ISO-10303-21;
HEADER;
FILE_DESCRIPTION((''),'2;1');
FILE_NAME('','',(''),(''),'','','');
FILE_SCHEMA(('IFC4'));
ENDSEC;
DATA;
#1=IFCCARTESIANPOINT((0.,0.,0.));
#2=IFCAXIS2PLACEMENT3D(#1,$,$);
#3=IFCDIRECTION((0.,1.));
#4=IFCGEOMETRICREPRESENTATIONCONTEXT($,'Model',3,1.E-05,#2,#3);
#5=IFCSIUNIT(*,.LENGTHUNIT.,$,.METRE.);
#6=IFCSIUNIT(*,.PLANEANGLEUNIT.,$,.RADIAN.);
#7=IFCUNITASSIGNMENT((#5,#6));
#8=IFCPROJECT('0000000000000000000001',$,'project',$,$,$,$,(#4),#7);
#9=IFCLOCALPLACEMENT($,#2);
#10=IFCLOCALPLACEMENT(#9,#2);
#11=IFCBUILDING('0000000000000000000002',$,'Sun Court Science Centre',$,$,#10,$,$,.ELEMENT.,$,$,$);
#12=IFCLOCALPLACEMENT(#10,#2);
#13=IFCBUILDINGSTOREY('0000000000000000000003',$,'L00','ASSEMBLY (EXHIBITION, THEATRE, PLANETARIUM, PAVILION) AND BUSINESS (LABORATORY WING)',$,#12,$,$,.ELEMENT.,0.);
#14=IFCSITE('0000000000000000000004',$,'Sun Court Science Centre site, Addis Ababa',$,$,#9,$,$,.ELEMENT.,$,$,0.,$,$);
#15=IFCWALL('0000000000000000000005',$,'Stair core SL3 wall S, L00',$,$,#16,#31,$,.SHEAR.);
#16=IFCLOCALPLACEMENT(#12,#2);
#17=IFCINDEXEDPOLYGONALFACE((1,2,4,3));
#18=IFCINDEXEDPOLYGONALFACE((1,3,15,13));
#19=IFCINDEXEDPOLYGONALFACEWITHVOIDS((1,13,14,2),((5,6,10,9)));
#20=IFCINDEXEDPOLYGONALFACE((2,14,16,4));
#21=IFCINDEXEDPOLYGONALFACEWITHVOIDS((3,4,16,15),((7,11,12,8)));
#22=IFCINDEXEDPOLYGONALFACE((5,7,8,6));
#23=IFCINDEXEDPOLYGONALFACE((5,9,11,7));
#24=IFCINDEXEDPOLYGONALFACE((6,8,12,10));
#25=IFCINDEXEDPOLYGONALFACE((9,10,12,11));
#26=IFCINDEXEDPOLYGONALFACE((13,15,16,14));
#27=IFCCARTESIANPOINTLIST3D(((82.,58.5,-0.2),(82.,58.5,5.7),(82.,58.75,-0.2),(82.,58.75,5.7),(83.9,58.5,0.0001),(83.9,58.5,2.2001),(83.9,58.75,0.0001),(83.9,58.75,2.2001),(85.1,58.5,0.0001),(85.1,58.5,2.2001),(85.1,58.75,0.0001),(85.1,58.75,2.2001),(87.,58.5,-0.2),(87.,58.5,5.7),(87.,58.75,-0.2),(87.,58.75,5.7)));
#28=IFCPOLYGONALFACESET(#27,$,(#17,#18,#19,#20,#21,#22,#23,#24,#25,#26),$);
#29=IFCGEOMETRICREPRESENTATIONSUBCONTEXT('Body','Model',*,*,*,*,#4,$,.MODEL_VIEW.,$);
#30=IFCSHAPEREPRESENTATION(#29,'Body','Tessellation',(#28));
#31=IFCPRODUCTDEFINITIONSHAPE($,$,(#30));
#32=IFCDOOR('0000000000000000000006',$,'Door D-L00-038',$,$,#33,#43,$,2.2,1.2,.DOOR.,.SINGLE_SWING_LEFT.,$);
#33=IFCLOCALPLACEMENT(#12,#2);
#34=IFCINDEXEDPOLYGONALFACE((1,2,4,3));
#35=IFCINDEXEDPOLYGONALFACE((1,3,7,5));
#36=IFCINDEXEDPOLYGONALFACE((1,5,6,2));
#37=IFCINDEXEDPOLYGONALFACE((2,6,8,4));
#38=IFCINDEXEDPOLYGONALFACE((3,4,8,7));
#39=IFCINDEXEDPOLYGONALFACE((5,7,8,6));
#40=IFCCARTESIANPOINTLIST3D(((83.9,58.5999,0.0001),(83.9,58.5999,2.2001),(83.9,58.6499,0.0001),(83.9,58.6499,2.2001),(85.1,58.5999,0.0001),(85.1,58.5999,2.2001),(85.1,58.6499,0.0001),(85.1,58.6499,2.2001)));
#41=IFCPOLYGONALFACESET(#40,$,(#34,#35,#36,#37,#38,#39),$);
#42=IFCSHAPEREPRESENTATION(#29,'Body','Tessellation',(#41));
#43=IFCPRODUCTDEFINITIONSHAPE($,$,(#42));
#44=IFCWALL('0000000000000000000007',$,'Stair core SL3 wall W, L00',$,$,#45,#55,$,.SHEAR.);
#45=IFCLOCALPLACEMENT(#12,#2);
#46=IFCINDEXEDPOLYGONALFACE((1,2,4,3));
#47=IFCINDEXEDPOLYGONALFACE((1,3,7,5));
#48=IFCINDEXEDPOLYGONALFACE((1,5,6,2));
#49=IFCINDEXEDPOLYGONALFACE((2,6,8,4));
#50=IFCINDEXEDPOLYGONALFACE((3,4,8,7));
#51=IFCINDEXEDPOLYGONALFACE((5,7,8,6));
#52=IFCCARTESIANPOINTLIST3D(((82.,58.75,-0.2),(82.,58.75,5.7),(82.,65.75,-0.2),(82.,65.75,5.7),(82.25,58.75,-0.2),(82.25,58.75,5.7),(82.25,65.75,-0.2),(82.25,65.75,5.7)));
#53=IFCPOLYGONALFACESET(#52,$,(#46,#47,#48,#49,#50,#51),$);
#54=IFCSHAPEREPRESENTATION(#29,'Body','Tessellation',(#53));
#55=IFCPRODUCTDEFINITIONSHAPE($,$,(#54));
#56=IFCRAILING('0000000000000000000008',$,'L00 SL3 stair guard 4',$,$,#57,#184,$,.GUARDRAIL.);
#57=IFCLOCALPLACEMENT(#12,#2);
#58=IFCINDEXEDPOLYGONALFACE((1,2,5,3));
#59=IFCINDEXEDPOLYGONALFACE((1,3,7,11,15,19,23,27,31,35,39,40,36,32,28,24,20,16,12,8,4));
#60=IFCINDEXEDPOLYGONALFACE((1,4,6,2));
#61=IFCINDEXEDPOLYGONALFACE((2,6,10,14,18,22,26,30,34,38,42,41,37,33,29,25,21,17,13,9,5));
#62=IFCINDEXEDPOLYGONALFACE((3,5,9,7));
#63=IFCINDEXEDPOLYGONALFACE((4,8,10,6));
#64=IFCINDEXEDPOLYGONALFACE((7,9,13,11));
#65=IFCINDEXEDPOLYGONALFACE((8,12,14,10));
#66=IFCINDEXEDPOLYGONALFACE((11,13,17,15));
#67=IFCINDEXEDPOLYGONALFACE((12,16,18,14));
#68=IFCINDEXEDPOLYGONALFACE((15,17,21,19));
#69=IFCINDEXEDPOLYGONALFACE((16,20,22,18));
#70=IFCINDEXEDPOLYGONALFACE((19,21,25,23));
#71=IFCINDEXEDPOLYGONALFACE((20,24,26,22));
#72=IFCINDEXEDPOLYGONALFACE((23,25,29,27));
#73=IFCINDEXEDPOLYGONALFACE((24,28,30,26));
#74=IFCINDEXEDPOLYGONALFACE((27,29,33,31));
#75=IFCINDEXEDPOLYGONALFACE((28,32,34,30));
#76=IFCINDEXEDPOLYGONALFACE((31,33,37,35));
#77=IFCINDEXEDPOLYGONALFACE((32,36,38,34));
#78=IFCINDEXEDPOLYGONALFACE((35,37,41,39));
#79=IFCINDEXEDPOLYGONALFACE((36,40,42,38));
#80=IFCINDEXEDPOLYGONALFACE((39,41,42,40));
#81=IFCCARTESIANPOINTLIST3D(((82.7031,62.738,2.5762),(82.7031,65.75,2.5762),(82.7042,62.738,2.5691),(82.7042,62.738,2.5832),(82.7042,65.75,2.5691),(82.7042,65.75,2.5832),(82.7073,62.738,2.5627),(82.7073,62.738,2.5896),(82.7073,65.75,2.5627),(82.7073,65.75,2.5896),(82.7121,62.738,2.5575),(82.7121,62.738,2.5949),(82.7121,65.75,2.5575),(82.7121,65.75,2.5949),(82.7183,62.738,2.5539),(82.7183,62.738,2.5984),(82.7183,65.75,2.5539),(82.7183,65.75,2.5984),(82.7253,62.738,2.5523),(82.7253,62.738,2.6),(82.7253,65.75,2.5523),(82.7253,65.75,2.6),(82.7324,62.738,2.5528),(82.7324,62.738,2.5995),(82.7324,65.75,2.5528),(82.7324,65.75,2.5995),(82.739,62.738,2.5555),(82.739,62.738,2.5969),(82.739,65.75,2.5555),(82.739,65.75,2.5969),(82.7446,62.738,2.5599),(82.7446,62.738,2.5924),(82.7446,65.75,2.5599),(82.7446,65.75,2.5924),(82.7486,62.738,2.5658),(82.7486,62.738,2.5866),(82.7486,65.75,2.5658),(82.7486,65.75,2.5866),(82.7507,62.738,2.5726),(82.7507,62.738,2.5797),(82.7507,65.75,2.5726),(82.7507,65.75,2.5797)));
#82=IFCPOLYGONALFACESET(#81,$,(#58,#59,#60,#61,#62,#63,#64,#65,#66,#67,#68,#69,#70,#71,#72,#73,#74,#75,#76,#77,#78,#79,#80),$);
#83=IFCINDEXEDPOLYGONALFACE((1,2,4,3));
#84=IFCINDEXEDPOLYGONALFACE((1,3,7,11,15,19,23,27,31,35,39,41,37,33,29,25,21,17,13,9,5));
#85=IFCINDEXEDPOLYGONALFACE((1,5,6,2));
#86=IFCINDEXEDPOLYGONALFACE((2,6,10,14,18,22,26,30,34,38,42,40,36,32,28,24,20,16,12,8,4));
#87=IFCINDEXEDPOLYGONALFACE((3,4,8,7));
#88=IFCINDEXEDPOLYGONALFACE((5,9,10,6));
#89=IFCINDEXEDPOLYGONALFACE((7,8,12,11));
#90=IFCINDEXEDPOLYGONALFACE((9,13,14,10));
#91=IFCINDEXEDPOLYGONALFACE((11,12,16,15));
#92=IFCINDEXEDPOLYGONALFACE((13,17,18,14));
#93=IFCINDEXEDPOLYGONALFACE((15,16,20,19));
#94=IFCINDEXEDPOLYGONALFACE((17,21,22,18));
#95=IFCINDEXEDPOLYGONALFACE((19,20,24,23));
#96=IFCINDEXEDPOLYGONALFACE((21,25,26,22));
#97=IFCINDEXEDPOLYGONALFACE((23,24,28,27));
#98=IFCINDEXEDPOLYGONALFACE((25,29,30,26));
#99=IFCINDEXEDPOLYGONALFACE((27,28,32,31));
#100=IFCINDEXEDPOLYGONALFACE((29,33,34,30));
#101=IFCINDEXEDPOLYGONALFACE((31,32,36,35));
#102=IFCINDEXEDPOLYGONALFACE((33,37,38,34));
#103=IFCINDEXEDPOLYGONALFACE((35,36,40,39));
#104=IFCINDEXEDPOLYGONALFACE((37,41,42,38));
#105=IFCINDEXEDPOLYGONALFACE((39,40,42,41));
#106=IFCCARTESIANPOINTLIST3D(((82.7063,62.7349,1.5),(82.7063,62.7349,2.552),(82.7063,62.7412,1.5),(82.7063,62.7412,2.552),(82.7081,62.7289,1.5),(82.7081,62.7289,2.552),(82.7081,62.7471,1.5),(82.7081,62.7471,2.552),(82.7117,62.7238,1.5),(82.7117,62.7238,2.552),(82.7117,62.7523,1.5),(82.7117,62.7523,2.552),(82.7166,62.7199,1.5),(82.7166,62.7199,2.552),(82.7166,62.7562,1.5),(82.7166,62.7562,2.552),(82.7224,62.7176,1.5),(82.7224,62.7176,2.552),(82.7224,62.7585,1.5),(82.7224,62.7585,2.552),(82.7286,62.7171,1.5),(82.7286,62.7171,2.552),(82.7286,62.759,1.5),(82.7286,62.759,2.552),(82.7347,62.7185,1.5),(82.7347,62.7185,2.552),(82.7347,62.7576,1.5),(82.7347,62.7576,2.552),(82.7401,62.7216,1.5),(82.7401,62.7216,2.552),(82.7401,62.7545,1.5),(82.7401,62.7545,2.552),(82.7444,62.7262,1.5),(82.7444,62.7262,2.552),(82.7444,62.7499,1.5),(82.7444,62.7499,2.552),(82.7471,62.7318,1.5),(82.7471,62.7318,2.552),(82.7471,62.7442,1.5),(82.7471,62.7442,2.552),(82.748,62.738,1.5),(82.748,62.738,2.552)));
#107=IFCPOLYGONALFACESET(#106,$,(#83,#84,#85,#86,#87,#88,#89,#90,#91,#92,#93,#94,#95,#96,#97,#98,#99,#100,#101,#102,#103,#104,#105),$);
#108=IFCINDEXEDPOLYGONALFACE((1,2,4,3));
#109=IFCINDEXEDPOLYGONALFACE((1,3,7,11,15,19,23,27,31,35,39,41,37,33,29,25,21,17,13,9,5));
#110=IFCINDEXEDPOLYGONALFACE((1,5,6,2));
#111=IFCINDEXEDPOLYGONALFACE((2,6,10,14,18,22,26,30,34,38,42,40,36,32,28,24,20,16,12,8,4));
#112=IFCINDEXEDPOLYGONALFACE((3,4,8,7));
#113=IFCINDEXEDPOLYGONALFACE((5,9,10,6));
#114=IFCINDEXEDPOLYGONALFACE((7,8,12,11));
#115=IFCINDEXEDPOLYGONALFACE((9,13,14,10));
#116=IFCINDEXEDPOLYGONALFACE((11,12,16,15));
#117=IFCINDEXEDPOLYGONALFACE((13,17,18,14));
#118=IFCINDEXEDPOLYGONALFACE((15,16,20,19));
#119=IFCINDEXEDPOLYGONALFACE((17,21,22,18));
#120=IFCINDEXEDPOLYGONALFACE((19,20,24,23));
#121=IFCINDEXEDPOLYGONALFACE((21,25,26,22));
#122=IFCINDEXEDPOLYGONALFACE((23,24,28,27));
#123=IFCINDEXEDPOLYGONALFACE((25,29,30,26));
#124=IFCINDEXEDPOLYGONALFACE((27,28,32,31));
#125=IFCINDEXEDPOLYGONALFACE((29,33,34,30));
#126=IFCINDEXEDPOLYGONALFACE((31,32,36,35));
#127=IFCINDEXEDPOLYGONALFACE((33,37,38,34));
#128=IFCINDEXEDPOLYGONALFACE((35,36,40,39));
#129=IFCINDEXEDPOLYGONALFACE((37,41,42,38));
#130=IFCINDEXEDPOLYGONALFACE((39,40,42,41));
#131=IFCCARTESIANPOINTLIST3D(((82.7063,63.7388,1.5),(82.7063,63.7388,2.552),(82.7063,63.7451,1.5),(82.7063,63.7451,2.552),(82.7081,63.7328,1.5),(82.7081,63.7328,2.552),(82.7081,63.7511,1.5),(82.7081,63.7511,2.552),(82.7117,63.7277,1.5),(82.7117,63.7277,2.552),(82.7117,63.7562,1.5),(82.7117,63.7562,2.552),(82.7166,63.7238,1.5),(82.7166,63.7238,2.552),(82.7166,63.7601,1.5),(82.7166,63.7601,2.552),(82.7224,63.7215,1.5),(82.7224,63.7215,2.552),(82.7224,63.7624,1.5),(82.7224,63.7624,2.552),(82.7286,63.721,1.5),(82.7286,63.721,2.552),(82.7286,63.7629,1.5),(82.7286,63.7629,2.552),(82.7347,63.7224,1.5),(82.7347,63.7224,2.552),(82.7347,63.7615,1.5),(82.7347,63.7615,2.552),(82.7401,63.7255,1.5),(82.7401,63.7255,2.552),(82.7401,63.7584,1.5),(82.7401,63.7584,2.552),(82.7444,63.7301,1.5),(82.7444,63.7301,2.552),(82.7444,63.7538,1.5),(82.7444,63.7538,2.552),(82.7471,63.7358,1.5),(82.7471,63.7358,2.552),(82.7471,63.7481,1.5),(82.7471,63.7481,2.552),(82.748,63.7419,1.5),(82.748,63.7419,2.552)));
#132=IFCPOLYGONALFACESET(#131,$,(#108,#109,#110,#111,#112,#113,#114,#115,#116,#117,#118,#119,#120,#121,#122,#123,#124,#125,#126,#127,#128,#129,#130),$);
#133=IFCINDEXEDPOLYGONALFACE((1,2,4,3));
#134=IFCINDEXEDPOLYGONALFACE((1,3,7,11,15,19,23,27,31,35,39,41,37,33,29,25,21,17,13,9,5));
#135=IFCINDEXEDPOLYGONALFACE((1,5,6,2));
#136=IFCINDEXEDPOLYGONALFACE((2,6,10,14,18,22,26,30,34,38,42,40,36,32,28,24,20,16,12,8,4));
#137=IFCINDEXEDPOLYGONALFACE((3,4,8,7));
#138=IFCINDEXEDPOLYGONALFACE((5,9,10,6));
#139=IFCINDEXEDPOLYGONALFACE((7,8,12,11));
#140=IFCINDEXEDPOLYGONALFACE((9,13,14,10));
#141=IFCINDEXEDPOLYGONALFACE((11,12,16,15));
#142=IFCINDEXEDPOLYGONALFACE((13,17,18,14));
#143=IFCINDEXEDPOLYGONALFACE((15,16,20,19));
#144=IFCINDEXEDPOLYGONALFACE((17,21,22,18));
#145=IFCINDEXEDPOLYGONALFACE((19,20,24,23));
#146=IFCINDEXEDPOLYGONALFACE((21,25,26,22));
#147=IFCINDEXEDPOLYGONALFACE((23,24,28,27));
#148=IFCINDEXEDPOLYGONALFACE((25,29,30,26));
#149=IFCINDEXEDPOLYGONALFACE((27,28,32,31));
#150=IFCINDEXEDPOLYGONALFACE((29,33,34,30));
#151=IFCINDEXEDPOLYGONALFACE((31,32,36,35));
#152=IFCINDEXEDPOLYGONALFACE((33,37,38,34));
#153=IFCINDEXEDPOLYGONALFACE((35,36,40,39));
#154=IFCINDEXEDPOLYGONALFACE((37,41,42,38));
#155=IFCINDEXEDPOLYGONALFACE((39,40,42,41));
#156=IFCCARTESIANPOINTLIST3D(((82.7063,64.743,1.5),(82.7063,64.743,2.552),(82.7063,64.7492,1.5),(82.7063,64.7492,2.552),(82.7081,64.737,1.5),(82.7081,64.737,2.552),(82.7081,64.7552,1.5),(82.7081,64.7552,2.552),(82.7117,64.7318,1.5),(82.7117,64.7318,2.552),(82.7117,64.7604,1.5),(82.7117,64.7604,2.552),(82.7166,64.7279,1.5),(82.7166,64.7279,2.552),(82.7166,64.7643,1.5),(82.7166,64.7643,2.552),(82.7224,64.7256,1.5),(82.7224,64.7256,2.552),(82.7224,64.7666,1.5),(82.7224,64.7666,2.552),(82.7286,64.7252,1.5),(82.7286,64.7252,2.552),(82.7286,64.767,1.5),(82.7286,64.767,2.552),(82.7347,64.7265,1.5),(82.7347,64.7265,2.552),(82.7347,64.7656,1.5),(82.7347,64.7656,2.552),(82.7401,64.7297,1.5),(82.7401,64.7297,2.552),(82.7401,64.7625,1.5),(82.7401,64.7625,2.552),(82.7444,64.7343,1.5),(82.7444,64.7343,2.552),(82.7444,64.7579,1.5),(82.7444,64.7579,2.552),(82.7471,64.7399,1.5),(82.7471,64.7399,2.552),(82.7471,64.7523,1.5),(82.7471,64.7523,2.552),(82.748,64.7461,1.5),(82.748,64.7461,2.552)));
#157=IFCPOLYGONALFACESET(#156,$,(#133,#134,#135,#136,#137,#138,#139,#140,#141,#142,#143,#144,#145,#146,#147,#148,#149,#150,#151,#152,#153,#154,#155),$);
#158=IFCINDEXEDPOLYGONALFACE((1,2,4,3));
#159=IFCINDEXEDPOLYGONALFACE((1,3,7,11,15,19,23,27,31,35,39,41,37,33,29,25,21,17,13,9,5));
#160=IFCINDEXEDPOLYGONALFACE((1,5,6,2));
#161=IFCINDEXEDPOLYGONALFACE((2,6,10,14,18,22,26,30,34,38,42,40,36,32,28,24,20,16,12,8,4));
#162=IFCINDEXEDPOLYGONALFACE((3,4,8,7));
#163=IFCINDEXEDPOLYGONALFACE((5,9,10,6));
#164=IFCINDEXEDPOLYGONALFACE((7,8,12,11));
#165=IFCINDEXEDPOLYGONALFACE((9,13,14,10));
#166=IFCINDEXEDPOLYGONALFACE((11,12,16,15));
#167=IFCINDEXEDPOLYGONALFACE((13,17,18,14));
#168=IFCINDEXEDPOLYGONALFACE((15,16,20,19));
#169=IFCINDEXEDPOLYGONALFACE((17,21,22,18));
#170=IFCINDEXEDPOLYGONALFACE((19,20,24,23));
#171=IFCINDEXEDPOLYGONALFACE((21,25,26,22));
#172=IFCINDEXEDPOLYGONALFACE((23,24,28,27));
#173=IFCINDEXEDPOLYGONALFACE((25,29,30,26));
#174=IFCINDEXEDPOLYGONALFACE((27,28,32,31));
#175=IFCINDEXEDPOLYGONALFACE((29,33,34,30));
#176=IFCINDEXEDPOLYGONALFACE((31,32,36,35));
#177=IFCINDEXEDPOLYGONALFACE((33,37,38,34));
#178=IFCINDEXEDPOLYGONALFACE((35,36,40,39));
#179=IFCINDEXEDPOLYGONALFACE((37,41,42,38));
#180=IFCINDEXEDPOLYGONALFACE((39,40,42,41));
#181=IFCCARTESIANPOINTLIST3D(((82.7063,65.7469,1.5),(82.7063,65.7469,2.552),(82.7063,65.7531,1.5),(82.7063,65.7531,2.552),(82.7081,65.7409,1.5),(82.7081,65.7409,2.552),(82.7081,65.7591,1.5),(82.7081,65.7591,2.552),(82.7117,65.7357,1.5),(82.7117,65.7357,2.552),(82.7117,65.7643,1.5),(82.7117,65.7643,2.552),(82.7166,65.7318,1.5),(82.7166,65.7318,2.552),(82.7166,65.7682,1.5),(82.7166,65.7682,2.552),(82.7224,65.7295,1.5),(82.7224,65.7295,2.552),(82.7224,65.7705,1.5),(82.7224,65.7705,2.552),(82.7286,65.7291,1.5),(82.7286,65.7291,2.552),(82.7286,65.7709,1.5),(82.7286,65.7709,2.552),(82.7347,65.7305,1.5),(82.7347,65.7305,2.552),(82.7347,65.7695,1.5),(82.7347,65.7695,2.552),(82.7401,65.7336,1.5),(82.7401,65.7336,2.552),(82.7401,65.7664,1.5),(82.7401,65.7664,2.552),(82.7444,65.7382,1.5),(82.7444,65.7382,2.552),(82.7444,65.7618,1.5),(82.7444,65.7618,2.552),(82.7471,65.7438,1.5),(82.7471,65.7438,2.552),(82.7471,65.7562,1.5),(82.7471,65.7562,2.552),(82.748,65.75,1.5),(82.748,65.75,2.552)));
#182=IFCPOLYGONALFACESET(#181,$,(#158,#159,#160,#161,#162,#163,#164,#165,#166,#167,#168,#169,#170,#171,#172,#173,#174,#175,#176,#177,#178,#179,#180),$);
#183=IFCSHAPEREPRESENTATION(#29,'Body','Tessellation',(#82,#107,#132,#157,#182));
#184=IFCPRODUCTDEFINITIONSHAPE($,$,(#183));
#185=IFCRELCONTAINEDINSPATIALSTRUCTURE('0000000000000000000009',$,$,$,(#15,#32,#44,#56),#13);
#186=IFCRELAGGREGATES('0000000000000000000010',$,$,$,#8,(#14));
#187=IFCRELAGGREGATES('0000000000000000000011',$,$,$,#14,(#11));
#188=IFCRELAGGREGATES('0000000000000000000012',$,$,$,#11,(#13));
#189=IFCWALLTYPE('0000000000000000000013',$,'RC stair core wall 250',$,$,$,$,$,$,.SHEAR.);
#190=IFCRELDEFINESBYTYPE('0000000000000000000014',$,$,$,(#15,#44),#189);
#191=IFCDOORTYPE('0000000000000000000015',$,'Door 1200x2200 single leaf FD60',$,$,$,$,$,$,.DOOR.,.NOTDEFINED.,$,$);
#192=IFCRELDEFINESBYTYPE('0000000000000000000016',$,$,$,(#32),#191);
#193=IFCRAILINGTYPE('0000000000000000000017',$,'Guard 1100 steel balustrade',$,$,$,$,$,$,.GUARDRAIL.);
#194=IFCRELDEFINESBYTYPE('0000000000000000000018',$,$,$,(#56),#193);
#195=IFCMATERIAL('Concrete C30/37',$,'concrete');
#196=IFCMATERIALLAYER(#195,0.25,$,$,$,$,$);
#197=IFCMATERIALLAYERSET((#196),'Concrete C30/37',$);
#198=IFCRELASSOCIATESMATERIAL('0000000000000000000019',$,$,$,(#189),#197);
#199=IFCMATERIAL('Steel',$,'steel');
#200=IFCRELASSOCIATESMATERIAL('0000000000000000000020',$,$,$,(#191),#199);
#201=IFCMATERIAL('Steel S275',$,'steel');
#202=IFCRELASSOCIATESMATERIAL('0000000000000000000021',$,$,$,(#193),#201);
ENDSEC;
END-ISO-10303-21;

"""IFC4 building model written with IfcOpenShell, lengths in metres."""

from ifc_helpers import new_model, si_unit, direction, frame, frame_2d, origin, origin_2d, place, context, subcontext, project, spatial, rectangle, circle, extrude, material, layer, layer_set, type_object, element, fill, save


model = new_model("IFC4")

# Units and contexts
model_context = context("Model", 3, precision=1e-05, world=origin(), true_north=direction((0.0, 1.0)))
body_context = subcontext(model_context, "Body", "Model", "MODEL_VIEW")
ifc_project = project(units=[si_unit("LENGTHUNIT", "METRE"), si_unit("PLANEANGLEUNIT", "RADIAN")], contexts=[model_context])

# Site, building, storey
site_placement = place(None, origin())
site = spatial("IfcSite", under=ifc_project, at=site_placement, Name="Sun Court Science Centre site, Addis Ababa", CompositionType="ELEMENT", RefElevation=0.0)
building_placement = place(site_placement, origin())
building = spatial("IfcBuilding", under=site, at=building_placement, Name="Sun Court Science Centre", CompositionType="ELEMENT")
storey_placement = place(building_placement, origin())
storey = spatial("IfcBuildingStorey", under=building, at=storey_placement, Name="L00", Description="ASSEMBLY (EXHIBITION, THEATRE, PLANETARIUM, PAVILION) AND BUSINESS (LABORATORY WING)", CompositionType="ELEMENT", Elevation=0.0)

# Wall, opening, door
ifc_material_1 = material(Name="Concrete C30/37", Category="concrete")
ifc_layer_1 = layer(ifc_material_1, 0.25)
ifc_layer_set_1 = layer_set([ifc_layer_1], Name="Concrete C30/37")
wall_type_1 = type_object("IfcWallType", Name="RC stair core wall 250", PredefinedType="SHEAR", material=ifc_layer_set_1)
wall_1_placement = place(storey_placement, frame((82.0, 58.625, -0.2), z_axis=(0.0, 0.0, 1.0), x_axis=(1.0, 0.0, 0.0)))
wall_1 = element("IfcWall", 1, at=wall_1_placement, inside=storey, type_object=wall_type_1, Name="Stair core SL3 wall S, L00", PredefinedType="SHEAR", context=body_context, shape_type="SweptSolid", body=[
    extrude(rectangle(XDim=5.0, YDim=0.25, at=frame_2d((2.5, 0.0))), origin(), (0.0, 0.0, 1.0), 5.8999),
])
opening_1_placement = place(wall_1_placement, frame((1.8999, 0.0, 0.2)))
opening_1 = element("IfcOpeningElement", 2, at=opening_1_placement, cuts=wall_1, PredefinedType="OPENING", context=body_context, shape_type="SweptSolid", body=[
    extrude(rectangle(XDim=1.2, YDim=2.2, at=frame_2d((0.6001, 1.1001))), frame((0.0, 0.135, 0.0), z_axis=(0.0, -1.0, 0.0), x_axis=(1.0, 0.0, 0.0)), (0.0, 0.0, 1.0), 0.27),
])
ifc_material_2 = material(Name="Steel", Category="steel")
door_type_1 = type_object("IfcDoorType", Name="Door 1200x2200 single leaf FD60", OperationType="NOTDEFINED", PredefinedType="DOOR", material=ifc_material_2)
door_1_placement = place(opening_1_placement, origin())
door_1 = element("IfcDoor", 3, at=door_1_placement, inside=storey, type_object=door_type_1, Name="Door D-L00-038", OperationType="SINGLE_SWING_LEFT", OverallHeight=2.2, OverallWidth=1.2, PredefinedType="DOOR", context=body_context, shape_type="SweptSolid", body=[
    extrude(rectangle(XDim=1.2, YDim=2.2, at=frame_2d((0.6001, 1.1001))), frame((0.0, 0.0249, 0.0), z_axis=(0.0, -1.0, 0.0), x_axis=(1.0, 0.0, 0.0)), (0.0, 0.0, 1.0), 0.05),
])
fill(opening_1, door_1)

# Wall
wall_2_placement = place(storey_placement, frame((82.125, 58.75, -0.2), z_axis=(0.0, 0.0, 1.0), x_axis=(0.0, 1.0, 0.0)))
element("IfcWall", 4, at=wall_2_placement, inside=storey, type_object=wall_type_1, Name="Stair core SL3 wall W, L00", PredefinedType="SHEAR", context=body_context, shape_type="SweptSolid", body=[
    extrude(rectangle(XDim=7.0, YDim=0.25, at=frame_2d((3.5, 0.0))), origin(), (0.0, 0.0, 1.0), 5.8999),
])

# Railing
ifc_material_3 = material(Name="Steel S275", Category="steel")
railing_type = type_object("IfcRailingType", Name="Guard 1100 steel balustrade", PredefinedType="GUARDRAIL", material=ifc_material_3)
railing_placement = place(storey_placement, frame((82.7271, 62.738, 1.5)))
element("IfcRailing", 5, at=railing_placement, inside=storey, type_object=railing_type, Name="L00 SL3 stair guard 4", PredefinedType="GUARDRAIL", context=body_context, shape_type="SweptSolid", body=[
    extrude(circle(Radius=0.0239, at=origin_2d()), frame((0.0, 0.0, 1.0762), z_axis=(0.0, 1.0, 0.0), x_axis=(-1.0, 0.0, 0.0)), (0.0, 0.0, 1.0), 3.012),
    extrude(circle(Radius=0.021, at=origin_2d()), origin(), (0.0, 0.0, 1.0), 1.052),
    extrude(circle(Radius=0.021, at=origin_2d()), frame((0.0, 1.0039, 0.0)), (0.0, 0.0, 1.0), 1.052),
    extrude(circle(Radius=0.021, at=origin_2d()), frame((0.0, 2.0081, 0.0)), (0.0, 0.0, 1.0), 1.052),
    extrude(circle(Radius=0.021, at=origin_2d()), frame((0.0, 3.012, 0.0)), (0.0, 0.0, 1.0), 1.052),
])

save(model, "model.ifc")
